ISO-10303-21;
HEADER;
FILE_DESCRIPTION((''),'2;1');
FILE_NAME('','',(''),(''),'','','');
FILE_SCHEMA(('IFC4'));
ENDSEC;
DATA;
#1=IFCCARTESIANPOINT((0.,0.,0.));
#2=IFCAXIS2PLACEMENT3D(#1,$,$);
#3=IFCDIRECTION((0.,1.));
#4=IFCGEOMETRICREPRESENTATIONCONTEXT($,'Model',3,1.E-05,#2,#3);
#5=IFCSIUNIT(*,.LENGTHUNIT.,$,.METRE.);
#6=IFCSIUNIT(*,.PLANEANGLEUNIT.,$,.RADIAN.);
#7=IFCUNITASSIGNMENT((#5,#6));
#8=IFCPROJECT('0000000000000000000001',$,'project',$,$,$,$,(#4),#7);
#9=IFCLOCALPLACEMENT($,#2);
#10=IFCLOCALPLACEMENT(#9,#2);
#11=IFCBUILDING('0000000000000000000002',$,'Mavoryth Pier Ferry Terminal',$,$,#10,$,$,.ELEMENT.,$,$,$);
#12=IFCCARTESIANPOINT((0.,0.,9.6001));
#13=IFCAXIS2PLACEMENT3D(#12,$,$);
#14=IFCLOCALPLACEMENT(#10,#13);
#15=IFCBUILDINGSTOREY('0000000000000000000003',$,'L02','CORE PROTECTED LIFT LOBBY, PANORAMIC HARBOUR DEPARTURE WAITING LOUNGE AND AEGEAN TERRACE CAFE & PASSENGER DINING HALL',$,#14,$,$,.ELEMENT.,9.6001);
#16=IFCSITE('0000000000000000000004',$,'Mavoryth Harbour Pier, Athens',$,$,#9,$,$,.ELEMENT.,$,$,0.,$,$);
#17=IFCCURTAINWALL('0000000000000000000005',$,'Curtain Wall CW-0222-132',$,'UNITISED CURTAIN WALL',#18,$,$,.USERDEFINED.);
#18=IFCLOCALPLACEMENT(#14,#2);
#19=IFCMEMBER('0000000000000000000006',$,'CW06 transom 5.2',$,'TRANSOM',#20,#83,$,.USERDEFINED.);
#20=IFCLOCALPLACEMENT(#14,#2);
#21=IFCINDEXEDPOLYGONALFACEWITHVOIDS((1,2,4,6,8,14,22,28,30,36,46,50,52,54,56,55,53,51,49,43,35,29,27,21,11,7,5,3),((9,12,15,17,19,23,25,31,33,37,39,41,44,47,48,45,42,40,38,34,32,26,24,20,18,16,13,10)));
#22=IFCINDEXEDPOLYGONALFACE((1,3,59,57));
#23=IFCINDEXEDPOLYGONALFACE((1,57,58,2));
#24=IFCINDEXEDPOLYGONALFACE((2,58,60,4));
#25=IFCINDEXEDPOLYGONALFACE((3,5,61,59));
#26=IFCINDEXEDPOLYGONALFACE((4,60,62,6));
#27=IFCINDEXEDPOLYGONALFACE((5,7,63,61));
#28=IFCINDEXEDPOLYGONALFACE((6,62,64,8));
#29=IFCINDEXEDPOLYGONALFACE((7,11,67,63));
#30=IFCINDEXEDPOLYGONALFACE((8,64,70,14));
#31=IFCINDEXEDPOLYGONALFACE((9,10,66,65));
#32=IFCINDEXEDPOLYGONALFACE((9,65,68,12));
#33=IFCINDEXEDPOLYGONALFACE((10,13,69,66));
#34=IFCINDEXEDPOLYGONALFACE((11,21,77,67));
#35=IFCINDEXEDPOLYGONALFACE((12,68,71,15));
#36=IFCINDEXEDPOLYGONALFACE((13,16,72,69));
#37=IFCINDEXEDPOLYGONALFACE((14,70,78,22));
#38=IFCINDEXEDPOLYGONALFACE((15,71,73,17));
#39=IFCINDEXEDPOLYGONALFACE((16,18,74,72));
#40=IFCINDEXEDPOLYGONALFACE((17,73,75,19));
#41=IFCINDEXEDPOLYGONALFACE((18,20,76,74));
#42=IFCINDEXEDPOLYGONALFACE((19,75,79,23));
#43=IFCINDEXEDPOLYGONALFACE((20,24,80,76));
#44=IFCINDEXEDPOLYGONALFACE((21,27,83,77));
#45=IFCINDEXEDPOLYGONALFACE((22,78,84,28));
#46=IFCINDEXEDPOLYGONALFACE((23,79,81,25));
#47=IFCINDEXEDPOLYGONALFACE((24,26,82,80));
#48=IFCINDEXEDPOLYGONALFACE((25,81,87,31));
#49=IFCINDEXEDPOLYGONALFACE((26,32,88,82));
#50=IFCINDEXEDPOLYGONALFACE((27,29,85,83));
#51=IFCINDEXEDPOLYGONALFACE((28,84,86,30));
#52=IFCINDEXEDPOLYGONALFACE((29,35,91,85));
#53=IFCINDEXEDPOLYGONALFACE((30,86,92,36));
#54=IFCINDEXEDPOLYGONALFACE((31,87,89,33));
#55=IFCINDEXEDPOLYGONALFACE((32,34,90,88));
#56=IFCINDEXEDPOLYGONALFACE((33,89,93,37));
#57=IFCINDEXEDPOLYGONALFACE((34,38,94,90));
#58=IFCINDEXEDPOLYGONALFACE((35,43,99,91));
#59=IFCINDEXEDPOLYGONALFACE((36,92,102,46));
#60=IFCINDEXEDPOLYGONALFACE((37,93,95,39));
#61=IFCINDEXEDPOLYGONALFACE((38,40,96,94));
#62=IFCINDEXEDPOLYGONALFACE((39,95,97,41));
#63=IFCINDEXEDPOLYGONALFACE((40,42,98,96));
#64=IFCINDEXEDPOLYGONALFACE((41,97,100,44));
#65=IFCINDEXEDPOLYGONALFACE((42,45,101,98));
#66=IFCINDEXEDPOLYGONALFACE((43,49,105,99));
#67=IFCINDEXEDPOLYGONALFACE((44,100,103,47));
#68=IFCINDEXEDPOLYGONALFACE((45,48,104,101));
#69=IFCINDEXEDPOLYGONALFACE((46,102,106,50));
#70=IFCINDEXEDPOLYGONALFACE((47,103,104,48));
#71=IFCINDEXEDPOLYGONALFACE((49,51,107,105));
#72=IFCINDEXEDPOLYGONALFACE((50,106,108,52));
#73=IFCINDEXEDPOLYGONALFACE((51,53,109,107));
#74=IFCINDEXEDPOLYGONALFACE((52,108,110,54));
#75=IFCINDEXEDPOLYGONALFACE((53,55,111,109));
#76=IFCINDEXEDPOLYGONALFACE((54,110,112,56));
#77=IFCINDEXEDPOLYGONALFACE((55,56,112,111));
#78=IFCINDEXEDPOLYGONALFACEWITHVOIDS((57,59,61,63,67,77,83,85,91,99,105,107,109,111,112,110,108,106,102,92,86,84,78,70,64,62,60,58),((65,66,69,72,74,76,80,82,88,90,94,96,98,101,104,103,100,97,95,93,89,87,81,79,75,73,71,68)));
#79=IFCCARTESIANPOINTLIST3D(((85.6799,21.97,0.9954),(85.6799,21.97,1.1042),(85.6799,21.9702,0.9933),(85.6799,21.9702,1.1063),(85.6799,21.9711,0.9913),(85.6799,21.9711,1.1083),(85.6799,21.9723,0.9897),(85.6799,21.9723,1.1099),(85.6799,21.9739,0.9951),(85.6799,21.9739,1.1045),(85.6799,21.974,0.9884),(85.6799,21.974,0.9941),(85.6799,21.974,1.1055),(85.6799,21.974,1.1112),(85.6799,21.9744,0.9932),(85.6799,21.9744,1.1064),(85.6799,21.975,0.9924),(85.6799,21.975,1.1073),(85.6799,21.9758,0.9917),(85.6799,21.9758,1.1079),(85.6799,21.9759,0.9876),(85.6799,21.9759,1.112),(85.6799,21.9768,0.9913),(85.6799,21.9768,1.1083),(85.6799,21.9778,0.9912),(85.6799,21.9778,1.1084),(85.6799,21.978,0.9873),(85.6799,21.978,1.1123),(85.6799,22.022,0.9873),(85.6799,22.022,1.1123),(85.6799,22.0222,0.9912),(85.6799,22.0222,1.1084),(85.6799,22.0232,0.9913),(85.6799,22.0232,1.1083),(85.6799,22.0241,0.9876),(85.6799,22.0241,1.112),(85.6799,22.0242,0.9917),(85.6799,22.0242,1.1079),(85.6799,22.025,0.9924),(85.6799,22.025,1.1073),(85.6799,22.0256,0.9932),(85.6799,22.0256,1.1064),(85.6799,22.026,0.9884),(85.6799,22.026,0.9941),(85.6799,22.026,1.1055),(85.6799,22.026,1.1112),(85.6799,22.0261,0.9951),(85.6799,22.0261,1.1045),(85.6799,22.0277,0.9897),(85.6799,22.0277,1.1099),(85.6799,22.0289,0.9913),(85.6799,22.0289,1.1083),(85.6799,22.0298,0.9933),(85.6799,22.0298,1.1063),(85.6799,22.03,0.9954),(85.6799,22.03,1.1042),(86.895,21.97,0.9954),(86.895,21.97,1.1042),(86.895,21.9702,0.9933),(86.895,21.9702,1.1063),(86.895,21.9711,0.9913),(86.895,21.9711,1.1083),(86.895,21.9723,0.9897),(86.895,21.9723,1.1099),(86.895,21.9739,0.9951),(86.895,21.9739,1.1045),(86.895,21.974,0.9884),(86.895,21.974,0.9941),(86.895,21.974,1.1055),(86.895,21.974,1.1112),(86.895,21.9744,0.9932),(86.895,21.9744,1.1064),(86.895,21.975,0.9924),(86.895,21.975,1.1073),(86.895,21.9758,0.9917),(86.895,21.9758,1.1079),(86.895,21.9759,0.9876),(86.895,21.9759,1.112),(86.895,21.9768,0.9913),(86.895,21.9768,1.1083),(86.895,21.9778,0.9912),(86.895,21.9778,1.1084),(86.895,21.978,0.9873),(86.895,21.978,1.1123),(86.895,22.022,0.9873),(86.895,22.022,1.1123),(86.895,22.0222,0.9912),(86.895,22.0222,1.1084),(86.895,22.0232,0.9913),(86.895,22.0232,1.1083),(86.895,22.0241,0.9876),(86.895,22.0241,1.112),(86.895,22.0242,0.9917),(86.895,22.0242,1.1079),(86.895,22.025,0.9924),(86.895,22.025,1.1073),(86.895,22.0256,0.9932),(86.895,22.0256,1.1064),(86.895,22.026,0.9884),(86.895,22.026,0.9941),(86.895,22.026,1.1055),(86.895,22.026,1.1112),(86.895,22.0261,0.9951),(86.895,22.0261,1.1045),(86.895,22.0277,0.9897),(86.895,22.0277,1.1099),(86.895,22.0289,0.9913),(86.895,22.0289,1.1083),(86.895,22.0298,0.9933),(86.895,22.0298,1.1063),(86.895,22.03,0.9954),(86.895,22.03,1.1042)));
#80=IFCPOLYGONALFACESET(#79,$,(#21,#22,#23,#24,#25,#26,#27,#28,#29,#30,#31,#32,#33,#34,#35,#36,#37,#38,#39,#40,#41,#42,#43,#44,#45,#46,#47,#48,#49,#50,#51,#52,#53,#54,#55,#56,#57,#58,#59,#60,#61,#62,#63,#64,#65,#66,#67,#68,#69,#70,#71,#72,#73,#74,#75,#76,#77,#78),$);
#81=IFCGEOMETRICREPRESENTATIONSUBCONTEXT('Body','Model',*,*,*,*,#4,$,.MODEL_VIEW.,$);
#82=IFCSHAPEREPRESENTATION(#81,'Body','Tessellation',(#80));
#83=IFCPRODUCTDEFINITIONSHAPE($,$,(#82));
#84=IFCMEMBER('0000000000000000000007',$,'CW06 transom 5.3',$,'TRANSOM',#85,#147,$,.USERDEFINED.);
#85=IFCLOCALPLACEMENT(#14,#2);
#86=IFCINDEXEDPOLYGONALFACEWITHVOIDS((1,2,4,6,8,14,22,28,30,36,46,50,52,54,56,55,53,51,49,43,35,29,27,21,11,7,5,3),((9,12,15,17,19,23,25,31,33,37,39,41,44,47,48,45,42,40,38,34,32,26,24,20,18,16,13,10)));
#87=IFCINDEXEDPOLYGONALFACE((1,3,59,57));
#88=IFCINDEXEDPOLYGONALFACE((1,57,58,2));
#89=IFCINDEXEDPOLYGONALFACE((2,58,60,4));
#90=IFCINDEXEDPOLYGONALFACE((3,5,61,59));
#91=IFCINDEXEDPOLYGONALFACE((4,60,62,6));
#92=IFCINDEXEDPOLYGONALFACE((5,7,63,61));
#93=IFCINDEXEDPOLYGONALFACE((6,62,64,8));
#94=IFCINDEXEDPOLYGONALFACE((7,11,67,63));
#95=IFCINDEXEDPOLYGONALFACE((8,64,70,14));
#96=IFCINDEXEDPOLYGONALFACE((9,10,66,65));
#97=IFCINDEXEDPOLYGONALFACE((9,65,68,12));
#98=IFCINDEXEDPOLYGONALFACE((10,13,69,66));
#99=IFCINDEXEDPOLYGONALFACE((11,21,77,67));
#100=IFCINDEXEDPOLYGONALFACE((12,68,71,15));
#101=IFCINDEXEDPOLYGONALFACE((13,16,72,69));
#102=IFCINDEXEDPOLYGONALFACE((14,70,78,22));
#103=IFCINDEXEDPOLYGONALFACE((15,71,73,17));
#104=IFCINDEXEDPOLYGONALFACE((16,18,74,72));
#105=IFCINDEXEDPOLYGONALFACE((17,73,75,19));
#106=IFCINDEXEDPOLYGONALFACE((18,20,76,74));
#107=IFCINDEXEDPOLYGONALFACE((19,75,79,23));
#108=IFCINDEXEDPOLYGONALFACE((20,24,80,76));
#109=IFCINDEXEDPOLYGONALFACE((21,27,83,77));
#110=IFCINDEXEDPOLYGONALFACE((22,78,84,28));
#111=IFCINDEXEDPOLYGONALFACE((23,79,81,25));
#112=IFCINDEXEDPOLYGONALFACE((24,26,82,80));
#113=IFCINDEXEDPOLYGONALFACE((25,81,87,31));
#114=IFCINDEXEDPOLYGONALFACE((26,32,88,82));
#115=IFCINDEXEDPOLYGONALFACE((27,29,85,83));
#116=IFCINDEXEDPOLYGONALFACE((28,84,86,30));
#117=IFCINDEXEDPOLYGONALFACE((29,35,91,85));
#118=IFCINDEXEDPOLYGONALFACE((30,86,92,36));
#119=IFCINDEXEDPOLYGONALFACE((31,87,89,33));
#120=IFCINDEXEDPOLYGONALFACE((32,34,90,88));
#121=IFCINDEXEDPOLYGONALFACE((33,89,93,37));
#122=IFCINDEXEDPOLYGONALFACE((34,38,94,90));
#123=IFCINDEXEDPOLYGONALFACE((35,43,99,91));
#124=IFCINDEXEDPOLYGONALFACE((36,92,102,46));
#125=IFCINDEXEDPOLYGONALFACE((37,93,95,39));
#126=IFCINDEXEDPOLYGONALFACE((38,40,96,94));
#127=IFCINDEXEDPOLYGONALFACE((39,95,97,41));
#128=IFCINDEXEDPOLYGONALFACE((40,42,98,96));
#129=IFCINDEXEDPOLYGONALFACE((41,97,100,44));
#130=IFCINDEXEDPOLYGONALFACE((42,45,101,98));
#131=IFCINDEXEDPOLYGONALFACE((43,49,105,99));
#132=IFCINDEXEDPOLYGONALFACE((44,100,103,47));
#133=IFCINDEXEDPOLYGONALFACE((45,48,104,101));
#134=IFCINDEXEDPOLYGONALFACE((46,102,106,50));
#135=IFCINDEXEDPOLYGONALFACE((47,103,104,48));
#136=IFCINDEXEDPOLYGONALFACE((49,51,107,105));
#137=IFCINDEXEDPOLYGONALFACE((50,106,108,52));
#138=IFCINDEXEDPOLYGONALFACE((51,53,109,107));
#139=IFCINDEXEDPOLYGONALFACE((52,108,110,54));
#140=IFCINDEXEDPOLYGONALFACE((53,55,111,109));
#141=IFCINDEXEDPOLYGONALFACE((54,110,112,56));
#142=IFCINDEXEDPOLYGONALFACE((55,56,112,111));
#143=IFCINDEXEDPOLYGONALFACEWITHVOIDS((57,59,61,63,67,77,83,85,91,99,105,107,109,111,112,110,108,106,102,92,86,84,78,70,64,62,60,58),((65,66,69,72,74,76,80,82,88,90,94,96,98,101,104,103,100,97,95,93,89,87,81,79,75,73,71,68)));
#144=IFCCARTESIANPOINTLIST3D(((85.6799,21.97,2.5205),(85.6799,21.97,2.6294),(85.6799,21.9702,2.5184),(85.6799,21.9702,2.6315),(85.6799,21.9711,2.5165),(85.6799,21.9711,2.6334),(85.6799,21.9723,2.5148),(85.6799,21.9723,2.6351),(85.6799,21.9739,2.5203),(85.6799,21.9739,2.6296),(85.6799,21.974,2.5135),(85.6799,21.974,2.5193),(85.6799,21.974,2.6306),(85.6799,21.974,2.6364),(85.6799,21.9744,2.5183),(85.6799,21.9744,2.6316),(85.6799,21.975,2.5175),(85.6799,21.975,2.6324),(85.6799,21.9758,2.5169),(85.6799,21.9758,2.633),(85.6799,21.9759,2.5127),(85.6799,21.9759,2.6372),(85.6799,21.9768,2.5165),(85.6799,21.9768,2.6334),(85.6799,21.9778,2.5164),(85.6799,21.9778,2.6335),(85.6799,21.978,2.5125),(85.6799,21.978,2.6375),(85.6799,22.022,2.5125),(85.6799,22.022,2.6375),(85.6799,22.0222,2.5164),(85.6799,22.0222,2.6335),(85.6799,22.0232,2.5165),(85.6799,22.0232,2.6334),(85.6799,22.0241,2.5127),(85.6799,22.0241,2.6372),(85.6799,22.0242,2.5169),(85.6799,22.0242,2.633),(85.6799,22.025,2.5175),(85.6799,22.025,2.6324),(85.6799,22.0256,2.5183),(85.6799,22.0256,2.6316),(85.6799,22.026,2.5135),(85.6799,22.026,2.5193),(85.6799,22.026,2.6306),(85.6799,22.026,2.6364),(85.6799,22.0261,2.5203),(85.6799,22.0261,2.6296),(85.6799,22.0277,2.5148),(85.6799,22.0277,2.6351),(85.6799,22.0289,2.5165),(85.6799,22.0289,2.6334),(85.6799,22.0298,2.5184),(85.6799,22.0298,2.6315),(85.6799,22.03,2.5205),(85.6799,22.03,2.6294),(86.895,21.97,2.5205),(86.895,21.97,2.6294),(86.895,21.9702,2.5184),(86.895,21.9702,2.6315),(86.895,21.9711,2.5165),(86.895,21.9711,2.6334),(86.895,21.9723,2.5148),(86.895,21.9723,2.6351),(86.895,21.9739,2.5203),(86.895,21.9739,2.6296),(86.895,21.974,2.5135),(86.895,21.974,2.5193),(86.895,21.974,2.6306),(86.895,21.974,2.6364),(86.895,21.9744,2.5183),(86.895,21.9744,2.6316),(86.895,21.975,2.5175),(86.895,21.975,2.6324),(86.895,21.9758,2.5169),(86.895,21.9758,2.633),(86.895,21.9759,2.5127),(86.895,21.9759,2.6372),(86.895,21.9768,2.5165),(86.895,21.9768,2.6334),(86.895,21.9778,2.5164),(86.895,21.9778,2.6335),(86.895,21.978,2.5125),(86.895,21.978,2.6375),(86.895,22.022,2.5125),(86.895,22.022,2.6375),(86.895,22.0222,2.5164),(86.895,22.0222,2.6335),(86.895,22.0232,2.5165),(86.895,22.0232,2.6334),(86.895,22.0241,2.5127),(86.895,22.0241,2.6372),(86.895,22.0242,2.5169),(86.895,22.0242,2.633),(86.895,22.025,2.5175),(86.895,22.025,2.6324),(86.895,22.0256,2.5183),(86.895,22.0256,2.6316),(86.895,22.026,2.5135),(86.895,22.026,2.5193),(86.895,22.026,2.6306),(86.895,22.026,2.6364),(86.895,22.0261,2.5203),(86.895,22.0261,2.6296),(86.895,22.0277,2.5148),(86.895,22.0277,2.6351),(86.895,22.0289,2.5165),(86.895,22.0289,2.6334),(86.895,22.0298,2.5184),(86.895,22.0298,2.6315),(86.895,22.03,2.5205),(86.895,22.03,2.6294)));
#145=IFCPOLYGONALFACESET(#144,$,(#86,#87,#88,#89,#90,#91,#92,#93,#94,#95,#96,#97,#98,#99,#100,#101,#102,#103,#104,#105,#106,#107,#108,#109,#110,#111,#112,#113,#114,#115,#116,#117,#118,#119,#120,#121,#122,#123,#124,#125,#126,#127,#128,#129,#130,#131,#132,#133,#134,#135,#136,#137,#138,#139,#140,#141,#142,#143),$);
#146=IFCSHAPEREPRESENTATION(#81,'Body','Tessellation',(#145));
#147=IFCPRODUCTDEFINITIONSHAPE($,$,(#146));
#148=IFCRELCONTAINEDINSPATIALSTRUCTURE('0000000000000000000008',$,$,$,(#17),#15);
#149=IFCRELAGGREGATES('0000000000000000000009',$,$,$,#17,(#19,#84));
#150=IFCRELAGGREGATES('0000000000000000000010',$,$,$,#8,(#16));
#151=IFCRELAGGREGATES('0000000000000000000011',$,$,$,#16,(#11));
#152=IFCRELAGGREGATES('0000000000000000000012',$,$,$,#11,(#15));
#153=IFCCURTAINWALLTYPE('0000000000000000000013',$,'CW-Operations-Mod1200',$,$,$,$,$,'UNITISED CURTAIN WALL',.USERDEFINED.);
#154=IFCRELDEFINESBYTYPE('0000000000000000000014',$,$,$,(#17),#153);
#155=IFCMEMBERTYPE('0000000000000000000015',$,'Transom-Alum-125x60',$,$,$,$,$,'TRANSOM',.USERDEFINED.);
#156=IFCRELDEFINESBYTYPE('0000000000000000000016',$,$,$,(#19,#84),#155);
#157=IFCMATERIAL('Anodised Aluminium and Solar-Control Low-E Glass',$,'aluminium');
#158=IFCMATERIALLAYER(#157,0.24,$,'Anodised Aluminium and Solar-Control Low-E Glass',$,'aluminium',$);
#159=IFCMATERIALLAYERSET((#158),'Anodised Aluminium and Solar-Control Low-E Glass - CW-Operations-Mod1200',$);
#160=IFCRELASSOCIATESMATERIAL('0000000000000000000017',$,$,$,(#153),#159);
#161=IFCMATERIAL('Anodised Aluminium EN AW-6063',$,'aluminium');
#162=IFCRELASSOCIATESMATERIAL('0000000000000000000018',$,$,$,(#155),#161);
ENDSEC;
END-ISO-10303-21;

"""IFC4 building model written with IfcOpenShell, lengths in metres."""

from ifc_helpers import new_model, si_unit, direction, frame, origin, origin_2d, place, context, subcontext, project, spatial, hollow_rectangle, extrude, material, layer, layer_set, material_profile, profile_set, type_object, element, aggregate, save


model = new_model("IFC4")

# Units and contexts
model_context = context("Model", 3, precision=1e-05, world=origin(), true_north=direction((0.0, 1.0)))
body_context = subcontext(model_context, "Body", "Model", "MODEL_VIEW")
ifc_project = project(units=[si_unit("LENGTHUNIT", "METRE"), si_unit("PLANEANGLEUNIT", "RADIAN")], contexts=[model_context])

# Site, building, storey
site_placement = place(None, origin())
site = spatial("IfcSite", under=ifc_project, at=site_placement, Name="Mavoryth Harbour Pier, Athens", CompositionType="ELEMENT", RefElevation=0.0)
building_placement = place(site_placement, origin())
building = spatial("IfcBuilding", under=site, at=building_placement, Name="Mavoryth Pier Ferry Terminal", CompositionType="ELEMENT")
storey_placement = place(building_placement, frame((0.0, 0.0, 9.6001)))
storey = spatial("IfcBuildingStorey", under=building, at=storey_placement, Name="L02", Description="CORE PROTECTED LIFT LOBBY, PANORAMIC HARBOUR DEPARTURE WAITING LOUNGE AND AEGEAN TERRACE CAFE & PASSENGER DINING HALL", CompositionType="ELEMENT", Elevation=9.6001)

# Curtain wall
ifc_material_1 = material(Name="Anodised Aluminium and Solar-Control Low-E Glass", Category="aluminium")
ifc_layer_1 = layer(ifc_material_1, 0.24, Name="Anodised Aluminium and Solar-Control Low-E Glass", Category="aluminium")
ifc_layer_set_1 = layer_set([ifc_layer_1], Name="Anodised Aluminium and Solar-Control Low-E Glass - CW-Operations-Mod1200")
curtain_wall_type = type_object("IfcCurtainWallType", Name="CW-Operations-Mod1200", ElementType="UNITISED CURTAIN WALL", PredefinedType="USERDEFINED", material=ifc_layer_set_1)
curtain_wall_placement = place(storey_placement, origin())
curtain_wall = element("IfcCurtainWall", 1, at=curtain_wall_placement, inside=storey, type_object=curtain_wall_type, Name="Curtain Wall CW-0222-132", ObjectType="UNITISED CURTAIN WALL", PredefinedType="USERDEFINED")
ifc_material_2 = material(Name="Anodised Aluminium EN AW-6063", Category="aluminium")

# Members
ifc_material_profile_1 = material_profile(ifc_material_2, hollow_rectangle(XDim=0.0601, YDim=0.125, WallThickness=0.0039, InnerFilletRadius=0.0039, OuterFilletRadius=0.0081, at=origin_2d()), Name="AL-TRAN 125x60x4", Category="aluminium")
ifc_profile_set_1 = profile_set([ifc_material_profile_1], Name="Anodised Aluminium EN AW-6063 - AL-TRAN 125x60x4")
member_type_1 = type_object("IfcMemberType", Name="Transom-Alum-125x60", ElementType="TRANSOM", PredefinedType="USERDEFINED", material=ifc_profile_set_1)
member_1_placement = place(storey_placement, frame((86.895, 22.0, 1.0498), z_axis=(-1.0, 0.0, 0.0), x_axis=(0.0, -1.0, 0.0)))
member_1 = element("IfcMember", 2, at=member_1_placement, type_object=member_type_1, Name="CW06 transom 5.2", ObjectType="TRANSOM", PredefinedType="USERDEFINED", context=body_context, shape_type="SweptSolid", body=[
    extrude(hollow_rectangle(XDim=0.0601, YDim=0.125, WallThickness=0.0039, InnerFilletRadius=0.0039, OuterFilletRadius=0.0081, at=origin_2d()), origin(), (0.0, 0.0, 1.0), 1.2151),
])
member_2_placement = place(storey_placement, frame((86.895, 22.0, 2.575), z_axis=(-1.0, 0.0, 0.0), x_axis=(0.0, -1.0, 0.0)))
member_2 = element("IfcMember", 3, at=member_2_placement, type_object=member_type_1, Name="CW06 transom 5.3", ObjectType="TRANSOM", PredefinedType="USERDEFINED", context=body_context, shape_type="SweptSolid", body=[
    extrude(hollow_rectangle(XDim=0.0601, YDim=0.125, WallThickness=0.0039, InnerFilletRadius=0.0039, OuterFilletRadius=0.0081, at=origin_2d()), origin(), (0.0, 0.0, 1.0), 1.2151),
])

aggregate(curtain_wall, [member_1, member_2])

save(model, "model.ifc")
